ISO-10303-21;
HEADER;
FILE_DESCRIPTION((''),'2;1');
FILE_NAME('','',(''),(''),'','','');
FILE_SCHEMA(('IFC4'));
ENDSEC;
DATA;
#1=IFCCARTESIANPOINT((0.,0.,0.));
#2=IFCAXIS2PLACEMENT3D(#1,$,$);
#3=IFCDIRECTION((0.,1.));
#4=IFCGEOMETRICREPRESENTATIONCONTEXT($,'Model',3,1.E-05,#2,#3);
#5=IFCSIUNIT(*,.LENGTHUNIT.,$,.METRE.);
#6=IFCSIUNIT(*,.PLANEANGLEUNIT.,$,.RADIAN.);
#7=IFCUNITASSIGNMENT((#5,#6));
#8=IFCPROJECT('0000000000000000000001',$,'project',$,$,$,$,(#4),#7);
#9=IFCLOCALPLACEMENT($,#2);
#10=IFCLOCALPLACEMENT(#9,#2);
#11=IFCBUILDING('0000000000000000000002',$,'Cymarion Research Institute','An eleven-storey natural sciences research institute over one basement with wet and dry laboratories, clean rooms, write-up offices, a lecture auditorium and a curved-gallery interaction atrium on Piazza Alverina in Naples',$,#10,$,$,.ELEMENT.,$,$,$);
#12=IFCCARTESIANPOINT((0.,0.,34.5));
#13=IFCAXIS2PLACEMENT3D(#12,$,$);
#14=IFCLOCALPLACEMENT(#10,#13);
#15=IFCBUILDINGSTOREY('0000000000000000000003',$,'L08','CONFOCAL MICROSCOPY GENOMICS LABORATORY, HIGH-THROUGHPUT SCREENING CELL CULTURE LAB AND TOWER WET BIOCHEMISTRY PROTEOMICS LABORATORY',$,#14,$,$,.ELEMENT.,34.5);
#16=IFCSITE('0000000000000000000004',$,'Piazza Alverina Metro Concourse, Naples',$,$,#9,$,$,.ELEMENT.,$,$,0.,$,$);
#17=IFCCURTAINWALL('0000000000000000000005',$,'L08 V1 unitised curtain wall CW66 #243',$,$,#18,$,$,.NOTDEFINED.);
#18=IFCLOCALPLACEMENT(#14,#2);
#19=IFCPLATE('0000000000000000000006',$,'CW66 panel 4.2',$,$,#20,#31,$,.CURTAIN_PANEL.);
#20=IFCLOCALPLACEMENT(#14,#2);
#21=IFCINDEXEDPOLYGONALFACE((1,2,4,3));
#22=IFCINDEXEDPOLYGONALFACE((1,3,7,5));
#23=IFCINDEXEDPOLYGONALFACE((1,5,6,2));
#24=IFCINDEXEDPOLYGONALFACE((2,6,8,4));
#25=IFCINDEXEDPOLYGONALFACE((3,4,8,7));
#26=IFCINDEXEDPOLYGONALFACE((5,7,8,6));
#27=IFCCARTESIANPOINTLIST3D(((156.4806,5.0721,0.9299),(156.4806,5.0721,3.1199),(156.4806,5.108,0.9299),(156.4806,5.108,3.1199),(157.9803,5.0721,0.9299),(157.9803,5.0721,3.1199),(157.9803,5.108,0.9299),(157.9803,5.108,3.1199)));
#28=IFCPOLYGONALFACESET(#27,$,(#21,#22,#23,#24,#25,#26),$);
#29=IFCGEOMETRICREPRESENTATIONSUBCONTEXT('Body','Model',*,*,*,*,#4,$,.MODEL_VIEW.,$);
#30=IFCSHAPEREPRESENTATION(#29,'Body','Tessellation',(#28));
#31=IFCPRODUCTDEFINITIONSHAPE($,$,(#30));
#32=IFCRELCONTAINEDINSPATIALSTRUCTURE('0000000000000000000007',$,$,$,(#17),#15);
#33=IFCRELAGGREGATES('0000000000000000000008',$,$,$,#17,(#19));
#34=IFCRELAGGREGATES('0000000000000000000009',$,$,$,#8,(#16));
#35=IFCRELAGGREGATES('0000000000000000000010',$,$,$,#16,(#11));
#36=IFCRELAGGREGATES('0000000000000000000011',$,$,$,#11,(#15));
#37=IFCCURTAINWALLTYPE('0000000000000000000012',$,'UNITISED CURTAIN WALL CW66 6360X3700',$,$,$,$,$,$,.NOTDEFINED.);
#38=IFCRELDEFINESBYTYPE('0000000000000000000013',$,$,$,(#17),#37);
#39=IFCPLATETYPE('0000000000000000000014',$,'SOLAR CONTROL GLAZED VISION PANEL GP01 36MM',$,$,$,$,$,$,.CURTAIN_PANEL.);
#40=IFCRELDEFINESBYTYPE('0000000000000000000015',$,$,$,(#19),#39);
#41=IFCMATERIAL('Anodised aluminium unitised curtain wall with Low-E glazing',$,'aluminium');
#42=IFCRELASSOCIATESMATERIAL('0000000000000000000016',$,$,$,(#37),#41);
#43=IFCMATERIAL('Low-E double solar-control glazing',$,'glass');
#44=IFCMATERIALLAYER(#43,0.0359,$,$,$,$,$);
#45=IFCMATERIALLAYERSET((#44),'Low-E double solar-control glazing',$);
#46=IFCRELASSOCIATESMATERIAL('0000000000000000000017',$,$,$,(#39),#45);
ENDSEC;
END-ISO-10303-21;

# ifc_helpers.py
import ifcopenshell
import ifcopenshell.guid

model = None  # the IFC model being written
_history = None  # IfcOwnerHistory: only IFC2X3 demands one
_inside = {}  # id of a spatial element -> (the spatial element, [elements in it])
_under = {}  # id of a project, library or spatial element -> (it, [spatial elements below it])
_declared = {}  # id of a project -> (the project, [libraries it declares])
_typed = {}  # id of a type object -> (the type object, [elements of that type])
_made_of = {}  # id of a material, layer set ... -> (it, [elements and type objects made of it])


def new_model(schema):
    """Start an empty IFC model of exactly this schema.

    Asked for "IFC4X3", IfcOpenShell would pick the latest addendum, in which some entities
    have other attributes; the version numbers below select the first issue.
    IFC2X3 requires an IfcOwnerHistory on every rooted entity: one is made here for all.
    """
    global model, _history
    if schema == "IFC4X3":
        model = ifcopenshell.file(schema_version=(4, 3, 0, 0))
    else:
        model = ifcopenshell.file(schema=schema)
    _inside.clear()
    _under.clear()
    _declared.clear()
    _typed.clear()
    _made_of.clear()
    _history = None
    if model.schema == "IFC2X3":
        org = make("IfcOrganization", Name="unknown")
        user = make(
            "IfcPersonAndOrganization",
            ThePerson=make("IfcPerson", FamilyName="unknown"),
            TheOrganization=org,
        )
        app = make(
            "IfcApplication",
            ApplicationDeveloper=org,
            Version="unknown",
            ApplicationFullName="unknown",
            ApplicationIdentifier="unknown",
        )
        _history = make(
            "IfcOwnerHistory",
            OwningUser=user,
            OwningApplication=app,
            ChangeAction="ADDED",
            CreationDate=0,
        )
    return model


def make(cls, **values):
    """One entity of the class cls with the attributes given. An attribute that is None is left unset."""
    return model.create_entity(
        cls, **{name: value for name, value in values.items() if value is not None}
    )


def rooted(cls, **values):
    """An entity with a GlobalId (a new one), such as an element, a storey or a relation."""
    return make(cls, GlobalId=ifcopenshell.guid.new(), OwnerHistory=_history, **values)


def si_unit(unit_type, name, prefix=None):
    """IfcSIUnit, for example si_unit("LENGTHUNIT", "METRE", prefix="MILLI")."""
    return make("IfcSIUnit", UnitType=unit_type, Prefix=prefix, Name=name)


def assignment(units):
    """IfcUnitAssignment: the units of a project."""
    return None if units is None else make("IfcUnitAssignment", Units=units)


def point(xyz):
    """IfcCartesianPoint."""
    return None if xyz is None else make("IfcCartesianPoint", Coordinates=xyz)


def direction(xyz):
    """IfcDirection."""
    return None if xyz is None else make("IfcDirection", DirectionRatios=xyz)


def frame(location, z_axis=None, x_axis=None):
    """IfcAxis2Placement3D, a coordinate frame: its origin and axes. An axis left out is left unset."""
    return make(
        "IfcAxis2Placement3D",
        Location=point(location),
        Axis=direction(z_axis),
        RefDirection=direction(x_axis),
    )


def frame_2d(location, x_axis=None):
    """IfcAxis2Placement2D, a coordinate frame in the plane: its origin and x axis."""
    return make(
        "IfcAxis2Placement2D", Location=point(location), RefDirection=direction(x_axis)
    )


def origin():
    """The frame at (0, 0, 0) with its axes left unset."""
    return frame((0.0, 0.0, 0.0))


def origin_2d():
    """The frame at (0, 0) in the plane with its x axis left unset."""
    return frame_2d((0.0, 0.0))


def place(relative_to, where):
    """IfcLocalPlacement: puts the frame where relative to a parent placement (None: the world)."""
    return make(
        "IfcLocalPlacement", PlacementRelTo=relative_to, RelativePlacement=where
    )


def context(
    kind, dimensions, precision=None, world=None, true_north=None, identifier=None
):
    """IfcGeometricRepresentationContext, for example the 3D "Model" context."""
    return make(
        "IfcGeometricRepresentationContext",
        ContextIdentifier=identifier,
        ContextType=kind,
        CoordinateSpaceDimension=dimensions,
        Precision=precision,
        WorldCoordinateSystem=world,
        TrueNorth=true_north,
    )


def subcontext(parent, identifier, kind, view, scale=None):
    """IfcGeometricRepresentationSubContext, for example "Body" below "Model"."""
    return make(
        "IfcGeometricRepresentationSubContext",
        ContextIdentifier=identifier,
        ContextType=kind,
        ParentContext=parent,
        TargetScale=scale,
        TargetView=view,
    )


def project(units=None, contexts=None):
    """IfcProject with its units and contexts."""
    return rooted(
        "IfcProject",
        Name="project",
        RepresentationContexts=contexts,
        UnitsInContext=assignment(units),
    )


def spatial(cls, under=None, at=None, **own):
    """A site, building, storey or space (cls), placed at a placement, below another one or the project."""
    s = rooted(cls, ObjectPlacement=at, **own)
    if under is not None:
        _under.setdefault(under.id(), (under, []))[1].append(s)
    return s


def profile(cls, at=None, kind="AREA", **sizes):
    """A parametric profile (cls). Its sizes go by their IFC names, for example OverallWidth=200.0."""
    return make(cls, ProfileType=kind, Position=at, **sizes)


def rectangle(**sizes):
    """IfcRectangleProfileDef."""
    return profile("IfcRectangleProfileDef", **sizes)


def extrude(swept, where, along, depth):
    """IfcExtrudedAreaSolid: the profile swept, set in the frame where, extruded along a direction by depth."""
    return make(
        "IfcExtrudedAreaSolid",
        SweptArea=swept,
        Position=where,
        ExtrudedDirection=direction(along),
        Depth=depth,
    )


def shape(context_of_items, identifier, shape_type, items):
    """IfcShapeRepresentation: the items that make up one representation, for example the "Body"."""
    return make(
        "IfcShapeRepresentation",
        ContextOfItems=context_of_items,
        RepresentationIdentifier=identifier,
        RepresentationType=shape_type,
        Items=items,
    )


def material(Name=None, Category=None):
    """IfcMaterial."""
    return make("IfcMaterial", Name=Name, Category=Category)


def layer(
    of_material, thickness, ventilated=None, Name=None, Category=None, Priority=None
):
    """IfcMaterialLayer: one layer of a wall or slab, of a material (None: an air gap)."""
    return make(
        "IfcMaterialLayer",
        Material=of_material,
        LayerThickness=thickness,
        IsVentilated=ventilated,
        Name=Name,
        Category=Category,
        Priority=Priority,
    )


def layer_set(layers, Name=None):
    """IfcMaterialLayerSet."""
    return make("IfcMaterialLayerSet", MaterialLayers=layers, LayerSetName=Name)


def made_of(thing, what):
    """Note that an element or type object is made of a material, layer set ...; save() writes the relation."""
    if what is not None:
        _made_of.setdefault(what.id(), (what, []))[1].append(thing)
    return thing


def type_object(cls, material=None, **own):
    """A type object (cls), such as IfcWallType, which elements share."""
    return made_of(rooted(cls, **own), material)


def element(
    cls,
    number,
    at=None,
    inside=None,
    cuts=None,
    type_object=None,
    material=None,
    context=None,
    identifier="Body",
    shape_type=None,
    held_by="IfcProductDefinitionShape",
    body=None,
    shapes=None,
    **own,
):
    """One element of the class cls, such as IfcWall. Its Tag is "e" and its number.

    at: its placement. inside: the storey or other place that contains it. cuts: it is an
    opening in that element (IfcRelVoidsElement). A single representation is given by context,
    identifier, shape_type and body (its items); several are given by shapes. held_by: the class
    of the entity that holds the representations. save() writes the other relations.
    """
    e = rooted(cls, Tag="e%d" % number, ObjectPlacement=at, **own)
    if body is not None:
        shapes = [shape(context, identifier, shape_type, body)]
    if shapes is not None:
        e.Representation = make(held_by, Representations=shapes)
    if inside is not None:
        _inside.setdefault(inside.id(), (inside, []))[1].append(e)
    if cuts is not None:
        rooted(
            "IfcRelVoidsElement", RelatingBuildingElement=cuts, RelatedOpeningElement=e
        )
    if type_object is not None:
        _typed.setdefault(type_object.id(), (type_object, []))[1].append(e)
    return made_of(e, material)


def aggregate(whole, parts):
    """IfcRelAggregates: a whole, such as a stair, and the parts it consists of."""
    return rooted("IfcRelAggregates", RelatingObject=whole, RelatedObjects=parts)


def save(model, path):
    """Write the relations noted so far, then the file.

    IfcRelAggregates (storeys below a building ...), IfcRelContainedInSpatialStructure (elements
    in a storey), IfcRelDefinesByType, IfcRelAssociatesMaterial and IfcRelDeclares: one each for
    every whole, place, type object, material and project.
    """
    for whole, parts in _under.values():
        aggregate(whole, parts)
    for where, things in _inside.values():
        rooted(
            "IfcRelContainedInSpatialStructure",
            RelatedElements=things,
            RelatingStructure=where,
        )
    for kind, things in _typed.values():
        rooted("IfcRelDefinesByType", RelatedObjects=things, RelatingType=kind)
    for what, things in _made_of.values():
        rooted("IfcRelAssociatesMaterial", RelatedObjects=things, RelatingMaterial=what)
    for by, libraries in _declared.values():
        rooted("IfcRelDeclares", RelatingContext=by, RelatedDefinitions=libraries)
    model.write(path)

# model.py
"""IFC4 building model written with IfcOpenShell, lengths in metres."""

from ifc_helpers import new_model, si_unit, direction, frame, origin, origin_2d, place, context, subcontext, project, spatial, rectangle, extrude, material, layer, layer_set, type_object, element, aggregate, save


model = new_model("IFC4")

# Units and contexts
model_context = context("Model", 3, precision=1e-05, world=origin(), true_north=direction((0.0, 1.0)))
body_context = subcontext(model_context, "Body", "Model", "MODEL_VIEW")
ifc_project = project(units=[si_unit("LENGTHUNIT", "METRE"), si_unit("PLANEANGLEUNIT", "RADIAN")], contexts=[model_context])

# Site, building, storey
site_placement = place(None, origin())
site = spatial("IfcSite", under=ifc_project, at=site_placement, Name="Piazza Alverina Metro Concourse, Naples", CompositionType="ELEMENT", RefElevation=0.0)
building_placement = place(site_placement, origin())
building = spatial("IfcBuilding", under=site, at=building_placement, Name="Cymarion Research Institute", Description="An eleven-storey natural sciences research institute over one basement with wet and dry laboratories, clean rooms, write-up offices, a lecture auditorium and a curved-gallery interaction atrium on Piazza Alverina in Naples", CompositionType="ELEMENT")
storey_placement = place(building_placement, frame((0.0, 0.0, 34.5)))
storey = spatial("IfcBuildingStorey", under=building, at=storey_placement, Name="L08", Description="CONFOCAL MICROSCOPY GENOMICS LABORATORY, HIGH-THROUGHPUT SCREENING CELL CULTURE LAB AND TOWER WET BIOCHEMISTRY PROTEOMICS LABORATORY", CompositionType="ELEMENT", Elevation=34.5)

# Curtain wall
ifc_material_1 = material(Name="Anodised aluminium unitised curtain wall with Low-E glazing", Category="aluminium")
curtain_wall_type = type_object("IfcCurtainWallType", Name="UNITISED CURTAIN WALL CW66 6360X3700", PredefinedType="NOTDEFINED", material=ifc_material_1)
curtain_wall_1_placement = place(storey_placement, origin())
curtain_wall_1 = element("IfcCurtainWall", 1, at=curtain_wall_1_placement, inside=storey, type_object=curtain_wall_type, Name="L08 V1 unitised curtain wall CW66 #243", PredefinedType="NOTDEFINED")

# Plate
ifc_material_2 = material(Name="Low-E double solar-control glazing", Category="glass")
ifc_layer_1 = layer(ifc_material_2, 0.0359)
ifc_layer_set_1 = layer_set([ifc_layer_1], Name="Low-E double solar-control glazing")
plate_type_1 = type_object("IfcPlateType", Name="SOLAR CONTROL GLAZED VISION PANEL GP01 36MM", PredefinedType="CURTAIN_PANEL", material=ifc_layer_set_1)
plate_1_placement = place(storey_placement, frame((157.2305, 5.0901, 0.9299), z_axis=(0.0, 0.0, 1.0), x_axis=(1.0, 0.0, 0.0)))
plate_1 = element("IfcPlate", 2, at=plate_1_placement, type_object=plate_type_1, Name="CW66 panel 4.2", PredefinedType="CURTAIN_PANEL", context=body_context, shape_type="SweptSolid", body=[
    extrude(rectangle(XDim=1.4998, YDim=0.0359, at=origin_2d()), origin(), (0.0, 0.0, 1.0), 2.1899),
])
aggregate(curtain_wall_1, [plate_1])

save(model, "model.ifc")
